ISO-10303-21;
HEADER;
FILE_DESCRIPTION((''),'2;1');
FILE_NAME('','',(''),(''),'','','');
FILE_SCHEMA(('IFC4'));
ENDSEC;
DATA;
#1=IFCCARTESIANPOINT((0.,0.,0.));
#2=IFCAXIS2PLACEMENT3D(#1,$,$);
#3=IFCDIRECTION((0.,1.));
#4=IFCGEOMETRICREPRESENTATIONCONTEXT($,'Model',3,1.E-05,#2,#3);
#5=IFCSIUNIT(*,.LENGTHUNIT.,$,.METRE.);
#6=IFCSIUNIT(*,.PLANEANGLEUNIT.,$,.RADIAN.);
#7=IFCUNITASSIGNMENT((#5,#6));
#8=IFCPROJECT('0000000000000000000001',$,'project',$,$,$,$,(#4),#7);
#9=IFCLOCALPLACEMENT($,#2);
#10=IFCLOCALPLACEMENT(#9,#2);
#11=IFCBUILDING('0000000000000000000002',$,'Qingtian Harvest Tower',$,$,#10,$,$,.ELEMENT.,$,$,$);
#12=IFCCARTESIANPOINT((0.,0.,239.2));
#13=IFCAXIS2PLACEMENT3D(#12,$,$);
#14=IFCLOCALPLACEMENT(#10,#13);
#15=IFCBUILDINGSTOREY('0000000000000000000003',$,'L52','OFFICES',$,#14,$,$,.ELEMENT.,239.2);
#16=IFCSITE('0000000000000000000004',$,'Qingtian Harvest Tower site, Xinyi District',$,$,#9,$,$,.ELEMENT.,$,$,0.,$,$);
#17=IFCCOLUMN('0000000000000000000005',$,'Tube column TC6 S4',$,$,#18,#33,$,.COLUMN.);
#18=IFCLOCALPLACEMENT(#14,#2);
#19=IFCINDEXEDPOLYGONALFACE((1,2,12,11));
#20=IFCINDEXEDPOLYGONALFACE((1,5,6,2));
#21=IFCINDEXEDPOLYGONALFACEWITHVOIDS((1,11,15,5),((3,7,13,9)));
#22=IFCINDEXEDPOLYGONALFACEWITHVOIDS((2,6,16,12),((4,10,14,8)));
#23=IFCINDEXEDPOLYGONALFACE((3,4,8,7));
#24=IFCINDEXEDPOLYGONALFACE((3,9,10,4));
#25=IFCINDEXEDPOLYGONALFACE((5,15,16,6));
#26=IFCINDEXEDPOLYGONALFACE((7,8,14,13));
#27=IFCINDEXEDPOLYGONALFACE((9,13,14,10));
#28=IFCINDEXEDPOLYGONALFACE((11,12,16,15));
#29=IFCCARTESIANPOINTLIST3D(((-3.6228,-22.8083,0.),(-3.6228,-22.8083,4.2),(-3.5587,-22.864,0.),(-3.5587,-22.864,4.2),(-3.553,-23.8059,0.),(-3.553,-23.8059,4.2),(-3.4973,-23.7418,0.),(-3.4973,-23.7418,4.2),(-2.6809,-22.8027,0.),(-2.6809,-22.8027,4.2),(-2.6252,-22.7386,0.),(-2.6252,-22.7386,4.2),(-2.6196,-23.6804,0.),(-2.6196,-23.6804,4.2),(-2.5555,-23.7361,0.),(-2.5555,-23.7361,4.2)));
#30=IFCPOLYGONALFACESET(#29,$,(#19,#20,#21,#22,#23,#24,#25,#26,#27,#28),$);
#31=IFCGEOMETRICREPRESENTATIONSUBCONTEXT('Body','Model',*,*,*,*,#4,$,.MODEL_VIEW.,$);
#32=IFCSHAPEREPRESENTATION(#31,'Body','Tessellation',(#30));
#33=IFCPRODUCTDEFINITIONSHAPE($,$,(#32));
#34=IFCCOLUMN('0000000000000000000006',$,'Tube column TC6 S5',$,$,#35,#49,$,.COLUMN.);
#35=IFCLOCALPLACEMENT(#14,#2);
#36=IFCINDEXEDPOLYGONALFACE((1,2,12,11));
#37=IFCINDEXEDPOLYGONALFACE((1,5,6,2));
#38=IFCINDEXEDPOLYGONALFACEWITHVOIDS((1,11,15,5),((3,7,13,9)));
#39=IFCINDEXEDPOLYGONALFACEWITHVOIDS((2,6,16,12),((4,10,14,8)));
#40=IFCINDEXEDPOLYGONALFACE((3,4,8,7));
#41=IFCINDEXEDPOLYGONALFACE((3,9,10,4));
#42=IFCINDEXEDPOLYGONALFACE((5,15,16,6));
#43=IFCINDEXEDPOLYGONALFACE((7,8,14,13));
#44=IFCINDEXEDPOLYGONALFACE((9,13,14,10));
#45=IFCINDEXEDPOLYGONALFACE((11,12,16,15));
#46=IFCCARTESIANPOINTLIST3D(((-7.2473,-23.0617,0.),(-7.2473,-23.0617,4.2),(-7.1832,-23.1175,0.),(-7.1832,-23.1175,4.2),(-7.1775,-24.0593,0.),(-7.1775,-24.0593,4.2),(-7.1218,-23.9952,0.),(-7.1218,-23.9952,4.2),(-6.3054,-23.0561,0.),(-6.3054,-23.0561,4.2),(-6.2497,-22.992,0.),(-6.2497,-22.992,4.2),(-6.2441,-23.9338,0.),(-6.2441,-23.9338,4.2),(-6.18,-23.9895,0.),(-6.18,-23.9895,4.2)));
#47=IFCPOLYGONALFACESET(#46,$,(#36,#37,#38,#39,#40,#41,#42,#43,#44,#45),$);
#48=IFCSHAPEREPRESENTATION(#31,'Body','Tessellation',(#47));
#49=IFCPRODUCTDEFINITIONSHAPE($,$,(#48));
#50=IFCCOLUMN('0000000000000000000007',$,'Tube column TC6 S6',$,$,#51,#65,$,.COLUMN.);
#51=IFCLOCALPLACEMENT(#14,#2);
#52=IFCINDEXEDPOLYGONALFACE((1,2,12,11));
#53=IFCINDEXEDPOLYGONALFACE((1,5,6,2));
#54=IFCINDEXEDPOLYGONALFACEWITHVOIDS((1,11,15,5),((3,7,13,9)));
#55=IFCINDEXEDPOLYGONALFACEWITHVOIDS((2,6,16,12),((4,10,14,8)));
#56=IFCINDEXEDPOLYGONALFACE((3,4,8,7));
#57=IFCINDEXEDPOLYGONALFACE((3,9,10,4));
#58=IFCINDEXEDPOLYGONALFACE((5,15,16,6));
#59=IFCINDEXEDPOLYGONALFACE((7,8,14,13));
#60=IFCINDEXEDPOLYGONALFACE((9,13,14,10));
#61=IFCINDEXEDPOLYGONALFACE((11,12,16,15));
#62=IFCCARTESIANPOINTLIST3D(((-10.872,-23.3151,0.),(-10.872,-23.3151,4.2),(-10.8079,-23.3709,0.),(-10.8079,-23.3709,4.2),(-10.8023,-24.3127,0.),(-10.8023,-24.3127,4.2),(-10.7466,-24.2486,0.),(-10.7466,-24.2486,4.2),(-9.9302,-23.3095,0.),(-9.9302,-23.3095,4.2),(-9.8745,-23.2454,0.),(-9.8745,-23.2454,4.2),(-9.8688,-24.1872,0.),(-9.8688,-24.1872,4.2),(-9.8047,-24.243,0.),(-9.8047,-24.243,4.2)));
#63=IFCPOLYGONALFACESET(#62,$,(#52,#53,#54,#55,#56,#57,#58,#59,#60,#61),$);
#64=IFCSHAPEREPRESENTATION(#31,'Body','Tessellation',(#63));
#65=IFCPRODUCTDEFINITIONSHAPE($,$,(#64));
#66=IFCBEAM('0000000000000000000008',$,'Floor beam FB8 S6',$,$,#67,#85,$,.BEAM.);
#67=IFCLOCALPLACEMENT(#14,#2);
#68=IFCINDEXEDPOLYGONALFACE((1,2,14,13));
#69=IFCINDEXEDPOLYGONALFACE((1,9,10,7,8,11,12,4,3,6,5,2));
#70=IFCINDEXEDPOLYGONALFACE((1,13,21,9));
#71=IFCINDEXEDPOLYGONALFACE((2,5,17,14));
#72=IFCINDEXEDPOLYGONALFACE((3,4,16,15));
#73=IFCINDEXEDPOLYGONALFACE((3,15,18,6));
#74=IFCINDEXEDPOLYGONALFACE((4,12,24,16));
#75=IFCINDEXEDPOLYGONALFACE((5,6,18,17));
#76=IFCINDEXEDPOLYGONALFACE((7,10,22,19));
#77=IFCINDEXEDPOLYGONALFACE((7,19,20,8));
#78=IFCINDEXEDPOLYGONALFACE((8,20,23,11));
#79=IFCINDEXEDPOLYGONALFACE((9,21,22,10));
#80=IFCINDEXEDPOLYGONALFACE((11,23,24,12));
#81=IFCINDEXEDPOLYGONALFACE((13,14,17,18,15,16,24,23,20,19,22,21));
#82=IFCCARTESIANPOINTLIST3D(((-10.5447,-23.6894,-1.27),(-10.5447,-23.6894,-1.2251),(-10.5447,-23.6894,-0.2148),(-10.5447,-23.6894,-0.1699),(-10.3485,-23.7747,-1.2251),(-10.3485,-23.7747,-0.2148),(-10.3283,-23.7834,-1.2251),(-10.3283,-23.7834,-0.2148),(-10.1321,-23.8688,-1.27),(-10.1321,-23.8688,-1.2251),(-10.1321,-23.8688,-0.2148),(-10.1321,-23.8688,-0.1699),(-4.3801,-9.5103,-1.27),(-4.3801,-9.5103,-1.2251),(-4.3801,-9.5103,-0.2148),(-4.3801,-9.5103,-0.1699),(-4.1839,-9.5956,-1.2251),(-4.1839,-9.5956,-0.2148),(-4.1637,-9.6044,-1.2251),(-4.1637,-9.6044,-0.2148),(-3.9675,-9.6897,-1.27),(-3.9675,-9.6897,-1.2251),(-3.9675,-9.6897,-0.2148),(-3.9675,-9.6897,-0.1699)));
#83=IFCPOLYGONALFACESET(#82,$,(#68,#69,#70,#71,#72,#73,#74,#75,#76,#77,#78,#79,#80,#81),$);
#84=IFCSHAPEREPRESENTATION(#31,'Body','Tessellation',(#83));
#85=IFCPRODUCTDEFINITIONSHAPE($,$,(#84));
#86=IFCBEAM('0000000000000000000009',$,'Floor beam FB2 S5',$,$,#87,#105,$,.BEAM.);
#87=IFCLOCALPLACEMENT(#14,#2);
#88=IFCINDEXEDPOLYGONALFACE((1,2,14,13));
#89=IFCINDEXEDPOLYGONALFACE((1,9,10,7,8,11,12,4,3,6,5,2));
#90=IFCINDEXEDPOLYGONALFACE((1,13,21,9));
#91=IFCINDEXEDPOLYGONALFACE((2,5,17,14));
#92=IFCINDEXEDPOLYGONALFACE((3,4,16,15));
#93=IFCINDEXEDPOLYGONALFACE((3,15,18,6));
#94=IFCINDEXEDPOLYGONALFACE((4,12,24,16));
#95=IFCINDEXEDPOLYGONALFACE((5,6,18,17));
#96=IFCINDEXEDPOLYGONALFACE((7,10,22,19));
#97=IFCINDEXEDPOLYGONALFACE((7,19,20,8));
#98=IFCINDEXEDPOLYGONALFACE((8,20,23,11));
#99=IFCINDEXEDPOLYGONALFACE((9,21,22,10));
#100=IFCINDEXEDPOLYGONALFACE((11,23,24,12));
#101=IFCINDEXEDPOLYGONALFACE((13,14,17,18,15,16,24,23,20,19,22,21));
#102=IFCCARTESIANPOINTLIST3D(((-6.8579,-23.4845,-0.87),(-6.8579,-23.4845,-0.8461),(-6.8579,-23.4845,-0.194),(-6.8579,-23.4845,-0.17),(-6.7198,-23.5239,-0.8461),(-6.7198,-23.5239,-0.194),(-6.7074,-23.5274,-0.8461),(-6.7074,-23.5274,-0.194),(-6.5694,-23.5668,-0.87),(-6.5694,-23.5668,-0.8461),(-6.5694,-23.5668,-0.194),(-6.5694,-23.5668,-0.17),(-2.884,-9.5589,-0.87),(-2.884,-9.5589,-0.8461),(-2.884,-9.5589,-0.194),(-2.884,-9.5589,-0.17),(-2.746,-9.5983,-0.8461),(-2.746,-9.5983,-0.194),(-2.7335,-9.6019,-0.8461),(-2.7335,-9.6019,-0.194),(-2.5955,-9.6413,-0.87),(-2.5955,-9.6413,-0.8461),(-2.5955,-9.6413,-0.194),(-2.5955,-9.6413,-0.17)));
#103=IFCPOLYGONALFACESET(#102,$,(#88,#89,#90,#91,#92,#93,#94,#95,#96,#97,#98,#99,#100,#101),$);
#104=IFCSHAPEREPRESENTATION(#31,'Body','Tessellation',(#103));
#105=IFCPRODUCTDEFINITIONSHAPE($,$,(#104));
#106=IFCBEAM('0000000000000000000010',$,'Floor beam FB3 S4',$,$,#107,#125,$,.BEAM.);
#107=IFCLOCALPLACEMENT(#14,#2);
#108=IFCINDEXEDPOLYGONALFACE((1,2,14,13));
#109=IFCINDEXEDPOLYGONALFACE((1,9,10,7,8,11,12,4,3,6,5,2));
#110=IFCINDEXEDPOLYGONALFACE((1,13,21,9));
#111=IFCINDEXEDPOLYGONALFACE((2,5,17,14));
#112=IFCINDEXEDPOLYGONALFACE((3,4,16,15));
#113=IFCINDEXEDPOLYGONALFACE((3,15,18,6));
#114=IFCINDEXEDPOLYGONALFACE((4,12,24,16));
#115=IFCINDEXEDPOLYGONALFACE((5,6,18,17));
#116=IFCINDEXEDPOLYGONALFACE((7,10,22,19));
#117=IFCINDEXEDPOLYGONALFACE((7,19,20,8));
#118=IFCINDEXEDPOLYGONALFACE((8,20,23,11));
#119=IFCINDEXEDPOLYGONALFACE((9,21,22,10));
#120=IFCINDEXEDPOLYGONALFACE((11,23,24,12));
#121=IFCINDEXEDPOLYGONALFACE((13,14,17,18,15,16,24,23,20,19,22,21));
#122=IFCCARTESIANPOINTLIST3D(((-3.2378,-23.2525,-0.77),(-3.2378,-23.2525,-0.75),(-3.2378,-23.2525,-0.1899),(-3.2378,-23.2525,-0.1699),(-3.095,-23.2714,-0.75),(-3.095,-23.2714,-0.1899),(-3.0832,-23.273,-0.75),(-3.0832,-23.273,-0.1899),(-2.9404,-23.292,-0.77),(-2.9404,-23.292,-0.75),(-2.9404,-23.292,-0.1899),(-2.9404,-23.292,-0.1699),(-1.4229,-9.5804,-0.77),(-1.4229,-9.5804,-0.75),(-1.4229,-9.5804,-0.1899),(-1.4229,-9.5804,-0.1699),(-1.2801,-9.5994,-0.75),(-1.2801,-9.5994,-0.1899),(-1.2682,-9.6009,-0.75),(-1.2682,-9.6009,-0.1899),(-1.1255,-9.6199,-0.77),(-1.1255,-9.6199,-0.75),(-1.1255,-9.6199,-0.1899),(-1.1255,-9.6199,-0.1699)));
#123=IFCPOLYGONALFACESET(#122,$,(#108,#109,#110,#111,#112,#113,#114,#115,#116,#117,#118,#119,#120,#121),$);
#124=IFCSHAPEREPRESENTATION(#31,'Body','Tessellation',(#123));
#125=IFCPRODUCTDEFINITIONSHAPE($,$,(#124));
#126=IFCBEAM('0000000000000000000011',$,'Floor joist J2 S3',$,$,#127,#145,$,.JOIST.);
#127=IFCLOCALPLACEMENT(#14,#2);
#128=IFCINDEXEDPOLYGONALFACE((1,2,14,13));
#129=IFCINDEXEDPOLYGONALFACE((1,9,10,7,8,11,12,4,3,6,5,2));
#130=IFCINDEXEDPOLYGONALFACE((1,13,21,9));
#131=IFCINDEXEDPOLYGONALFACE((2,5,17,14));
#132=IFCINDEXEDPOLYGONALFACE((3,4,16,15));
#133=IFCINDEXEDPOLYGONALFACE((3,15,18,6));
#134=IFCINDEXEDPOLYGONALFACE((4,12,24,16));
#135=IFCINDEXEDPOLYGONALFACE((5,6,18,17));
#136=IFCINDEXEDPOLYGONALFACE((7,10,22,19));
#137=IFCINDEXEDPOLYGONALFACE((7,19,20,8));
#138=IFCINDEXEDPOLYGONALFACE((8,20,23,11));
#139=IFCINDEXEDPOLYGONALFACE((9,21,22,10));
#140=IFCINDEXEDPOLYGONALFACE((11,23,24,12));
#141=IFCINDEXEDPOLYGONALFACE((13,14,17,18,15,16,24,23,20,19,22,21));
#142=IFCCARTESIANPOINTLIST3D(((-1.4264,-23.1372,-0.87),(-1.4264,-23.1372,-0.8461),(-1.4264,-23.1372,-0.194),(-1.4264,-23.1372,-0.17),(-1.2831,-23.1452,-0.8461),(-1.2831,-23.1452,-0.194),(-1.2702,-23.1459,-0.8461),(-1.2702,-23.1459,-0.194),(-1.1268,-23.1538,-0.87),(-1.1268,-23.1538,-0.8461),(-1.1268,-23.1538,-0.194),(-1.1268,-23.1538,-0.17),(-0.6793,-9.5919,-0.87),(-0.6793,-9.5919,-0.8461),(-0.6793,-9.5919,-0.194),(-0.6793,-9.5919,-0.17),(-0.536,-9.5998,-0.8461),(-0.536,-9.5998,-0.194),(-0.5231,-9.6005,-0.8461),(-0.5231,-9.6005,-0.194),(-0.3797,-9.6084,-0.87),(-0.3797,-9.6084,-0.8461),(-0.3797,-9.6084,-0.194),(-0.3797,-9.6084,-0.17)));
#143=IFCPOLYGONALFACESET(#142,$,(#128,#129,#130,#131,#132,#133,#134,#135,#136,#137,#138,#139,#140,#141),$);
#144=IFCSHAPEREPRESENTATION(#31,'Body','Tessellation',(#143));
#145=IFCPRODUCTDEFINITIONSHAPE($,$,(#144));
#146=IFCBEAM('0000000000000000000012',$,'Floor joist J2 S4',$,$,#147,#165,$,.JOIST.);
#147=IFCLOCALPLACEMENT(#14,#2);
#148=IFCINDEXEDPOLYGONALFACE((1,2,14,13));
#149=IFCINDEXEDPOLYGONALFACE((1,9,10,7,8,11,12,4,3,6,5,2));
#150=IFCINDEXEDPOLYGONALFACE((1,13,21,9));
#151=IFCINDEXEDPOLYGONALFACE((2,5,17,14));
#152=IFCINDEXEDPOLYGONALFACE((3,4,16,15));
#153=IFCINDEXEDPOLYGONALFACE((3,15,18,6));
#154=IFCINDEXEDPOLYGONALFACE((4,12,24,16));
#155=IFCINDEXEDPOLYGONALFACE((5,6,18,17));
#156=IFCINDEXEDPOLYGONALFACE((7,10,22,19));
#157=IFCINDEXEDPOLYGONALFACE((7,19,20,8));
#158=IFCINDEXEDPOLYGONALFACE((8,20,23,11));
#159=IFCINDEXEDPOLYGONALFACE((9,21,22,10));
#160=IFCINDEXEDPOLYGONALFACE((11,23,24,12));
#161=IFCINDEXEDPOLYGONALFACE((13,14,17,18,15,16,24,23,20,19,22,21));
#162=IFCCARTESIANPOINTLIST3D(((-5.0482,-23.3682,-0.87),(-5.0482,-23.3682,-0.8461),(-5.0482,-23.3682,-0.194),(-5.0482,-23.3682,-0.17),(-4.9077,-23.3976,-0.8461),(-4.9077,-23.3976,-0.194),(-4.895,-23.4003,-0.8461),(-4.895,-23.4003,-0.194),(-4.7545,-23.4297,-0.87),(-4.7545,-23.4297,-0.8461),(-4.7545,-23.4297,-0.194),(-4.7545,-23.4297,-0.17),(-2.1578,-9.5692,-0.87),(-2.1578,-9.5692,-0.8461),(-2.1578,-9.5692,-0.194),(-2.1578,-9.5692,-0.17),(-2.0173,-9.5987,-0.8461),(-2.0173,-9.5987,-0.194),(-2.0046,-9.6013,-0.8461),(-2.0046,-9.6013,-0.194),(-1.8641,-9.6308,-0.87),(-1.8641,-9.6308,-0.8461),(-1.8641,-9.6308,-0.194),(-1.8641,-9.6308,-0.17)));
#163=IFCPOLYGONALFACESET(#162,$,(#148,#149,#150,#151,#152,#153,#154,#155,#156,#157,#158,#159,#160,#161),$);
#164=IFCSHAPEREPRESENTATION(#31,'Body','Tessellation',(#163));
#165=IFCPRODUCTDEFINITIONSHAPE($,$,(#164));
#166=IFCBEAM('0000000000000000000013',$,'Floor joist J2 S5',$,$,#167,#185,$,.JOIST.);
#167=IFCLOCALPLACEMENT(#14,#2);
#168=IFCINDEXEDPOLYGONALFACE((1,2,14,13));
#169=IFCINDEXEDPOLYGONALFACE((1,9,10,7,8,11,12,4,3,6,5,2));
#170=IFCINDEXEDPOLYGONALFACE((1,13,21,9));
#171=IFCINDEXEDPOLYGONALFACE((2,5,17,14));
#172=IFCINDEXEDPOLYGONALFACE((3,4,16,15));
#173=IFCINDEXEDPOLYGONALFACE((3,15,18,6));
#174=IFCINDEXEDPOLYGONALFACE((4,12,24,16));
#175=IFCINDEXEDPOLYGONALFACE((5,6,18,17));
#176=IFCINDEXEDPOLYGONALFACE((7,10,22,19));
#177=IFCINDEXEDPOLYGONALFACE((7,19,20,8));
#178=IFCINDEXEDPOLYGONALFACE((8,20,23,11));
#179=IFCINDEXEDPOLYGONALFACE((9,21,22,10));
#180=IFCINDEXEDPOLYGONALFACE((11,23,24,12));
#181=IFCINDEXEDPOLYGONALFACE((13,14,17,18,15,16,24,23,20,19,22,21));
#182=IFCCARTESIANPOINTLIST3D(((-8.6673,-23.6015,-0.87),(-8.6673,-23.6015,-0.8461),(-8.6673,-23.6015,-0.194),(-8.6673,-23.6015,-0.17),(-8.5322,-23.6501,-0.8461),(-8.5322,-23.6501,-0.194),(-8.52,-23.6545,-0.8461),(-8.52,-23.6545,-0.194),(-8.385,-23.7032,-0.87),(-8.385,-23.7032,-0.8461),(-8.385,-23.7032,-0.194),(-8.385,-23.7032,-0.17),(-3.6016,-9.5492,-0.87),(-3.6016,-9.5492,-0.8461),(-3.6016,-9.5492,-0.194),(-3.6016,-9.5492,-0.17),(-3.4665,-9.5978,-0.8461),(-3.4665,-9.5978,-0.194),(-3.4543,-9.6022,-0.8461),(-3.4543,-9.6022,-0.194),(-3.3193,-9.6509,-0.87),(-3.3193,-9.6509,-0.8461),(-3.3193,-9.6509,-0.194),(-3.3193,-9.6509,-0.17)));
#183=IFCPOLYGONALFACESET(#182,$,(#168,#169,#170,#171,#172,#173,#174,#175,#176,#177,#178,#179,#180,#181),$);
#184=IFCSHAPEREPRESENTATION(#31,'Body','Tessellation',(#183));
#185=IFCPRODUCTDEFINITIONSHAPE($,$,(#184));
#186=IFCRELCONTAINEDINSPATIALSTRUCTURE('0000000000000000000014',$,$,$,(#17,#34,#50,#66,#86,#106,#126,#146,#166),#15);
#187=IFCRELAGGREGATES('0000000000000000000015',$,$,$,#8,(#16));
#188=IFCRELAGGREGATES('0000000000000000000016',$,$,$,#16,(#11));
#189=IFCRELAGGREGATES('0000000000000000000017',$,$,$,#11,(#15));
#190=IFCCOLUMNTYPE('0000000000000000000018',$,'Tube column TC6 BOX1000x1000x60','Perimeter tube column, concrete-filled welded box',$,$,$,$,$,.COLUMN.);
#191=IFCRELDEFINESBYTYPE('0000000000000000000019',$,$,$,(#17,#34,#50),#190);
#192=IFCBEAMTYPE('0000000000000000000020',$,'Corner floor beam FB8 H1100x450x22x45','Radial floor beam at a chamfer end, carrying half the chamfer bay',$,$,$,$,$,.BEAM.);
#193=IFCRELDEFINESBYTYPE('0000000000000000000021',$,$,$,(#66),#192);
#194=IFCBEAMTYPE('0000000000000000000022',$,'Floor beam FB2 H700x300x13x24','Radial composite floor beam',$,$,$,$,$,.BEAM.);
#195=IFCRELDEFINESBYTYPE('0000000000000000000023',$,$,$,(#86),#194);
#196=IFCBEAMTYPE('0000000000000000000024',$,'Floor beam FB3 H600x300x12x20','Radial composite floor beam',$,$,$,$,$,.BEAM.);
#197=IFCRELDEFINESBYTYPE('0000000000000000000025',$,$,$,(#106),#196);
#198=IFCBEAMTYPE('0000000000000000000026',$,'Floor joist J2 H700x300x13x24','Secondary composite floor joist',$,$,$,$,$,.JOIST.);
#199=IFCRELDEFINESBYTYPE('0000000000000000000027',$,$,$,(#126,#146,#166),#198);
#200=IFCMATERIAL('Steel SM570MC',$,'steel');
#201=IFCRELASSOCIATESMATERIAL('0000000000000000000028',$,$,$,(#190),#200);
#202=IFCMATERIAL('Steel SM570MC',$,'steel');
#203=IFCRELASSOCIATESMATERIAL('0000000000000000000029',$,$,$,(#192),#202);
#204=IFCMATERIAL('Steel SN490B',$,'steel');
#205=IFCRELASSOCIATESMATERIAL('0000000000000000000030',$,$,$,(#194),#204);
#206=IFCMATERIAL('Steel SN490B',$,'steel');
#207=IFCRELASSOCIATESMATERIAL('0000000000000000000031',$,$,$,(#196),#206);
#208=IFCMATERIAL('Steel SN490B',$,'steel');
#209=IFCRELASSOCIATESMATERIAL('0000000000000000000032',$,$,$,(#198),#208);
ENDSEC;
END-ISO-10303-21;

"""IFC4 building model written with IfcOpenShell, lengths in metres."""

from ifc_helpers import new_model, si_unit, direction, frame, origin, origin_2d, place, context, subcontext, project, spatial, hollow_rectangle, i_section, extrude, material, material_profile, profile_set, type_object, element, save


model = new_model("IFC4")

# Units and contexts
model_context = context("Model", 3, precision=1e-05, world=origin(), true_north=direction((0.0, 1.0)))
body_context = subcontext(model_context, "Body", "Model", "MODEL_VIEW")
ifc_project = project(units=[si_unit("LENGTHUNIT", "METRE"), si_unit("PLANEANGLEUNIT", "RADIAN")], contexts=[model_context])

# Site, building, storey
site_placement = place(None, origin())
site = spatial("IfcSite", under=ifc_project, at=site_placement, Name="Qingtian Harvest Tower site, Xinyi District", CompositionType="ELEMENT", RefElevation=0.0)
building_placement = place(site_placement, origin())
building = spatial("IfcBuilding", under=site, at=building_placement, Name="Qingtian Harvest Tower", CompositionType="ELEMENT")
storey_placement = place(building_placement, frame((0.0, 0.0, 239.2)))
storey = spatial("IfcBuildingStorey", under=building, at=storey_placement, Name="L52", Description="OFFICES", CompositionType="ELEMENT", Elevation=239.2)

# Columns
ifc_material_1 = material(Name="Steel SM570MC", Category="steel")
ifc_material_profile_1 = material_profile(ifc_material_1, hollow_rectangle(XDim=1.0, YDim=1.0, WallThickness=0.0601, at=origin_2d()), Name="BOX1000x1000x60")
ifc_profile_set_1 = profile_set([ifc_material_profile_1], Name="Steel SM570MC")
column_type = type_object("IfcColumnType", Name="Tube column TC6 BOX1000x1000x60", Description="Perimeter tube column, concrete-filled welded box", PredefinedType="COLUMN", material=ifc_profile_set_1)
for number, where, z_axis, x_axis, name in (
    (1, (-3.0891, -23.2722, 0.0), (0.0, 0.0, 1.0), (0.997564, 0.069756, 0.0), "Tube column TC6 S4"),
    (2, (-6.7136, -23.5256, 0.0), (0.0, 0.0, 1.0), (0.997564, 0.069756, 0.0), "Tube column TC6 S5"),
    (3, (-10.3384, -23.7791, 0.0), (0.0, 0.0, 1.0), (0.997564, 0.069756, 0.0), "Tube column TC6 S6"),
):
    element("IfcColumn", number, at=place(storey_placement, frame(where, z_axis=z_axis, x_axis=x_axis)), inside=storey, type_object=column_type, Name=name, PredefinedType="COLUMN", context=body_context, shape_type="SweptSolid", body=[
        extrude(hollow_rectangle(XDim=1.0, YDim=1.0, WallThickness=0.0601, at=origin_2d()), origin(), (0.0, 0.0, 1.0), 4.2),
    ])

# Beams
ifc_material_2 = material(Name="Steel SM570MC", Category="steel")
ifc_material_profile_2 = material_profile(ifc_material_2, i_section(OverallWidth=0.45, OverallDepth=1.1001, WebThickness=0.022, FlangeThickness=0.0449, at=origin_2d()), Name="H1100x450x22x45")
ifc_profile_set_2 = profile_set([ifc_material_profile_2], Name="Steel SM570MC")
beam_type_1 = type_object("IfcBeamType", Name="Corner floor beam FB8 H1100x450x22x45", Description="Radial floor beam at a chamfer end, carrying half the chamfer bay", PredefinedType="BEAM", material=ifc_profile_set_2)
beam_1_placement = place(storey_placement, frame((-10.3384, -23.7791, -0.72), z_axis=(0.398715, 0.917075, 0.0), x_axis=(-0.917075, 0.398715, 0.0)))
element("IfcBeam", 4, at=beam_1_placement, inside=storey, type_object=beam_type_1, Name="Floor beam FB8 S6", PredefinedType="BEAM", context=body_context, shape_type="SweptSolid", body=[
    extrude(i_section(OverallWidth=0.45, OverallDepth=1.1001, WebThickness=0.022, FlangeThickness=0.0449, at=origin_2d()), origin(), (0.0, 0.0, 1.0), 15.4612),
])
ifc_material_3 = material(Name="Steel SN490B", Category="steel")
ifc_material_profile_3 = material_profile(ifc_material_3, i_section(OverallWidth=0.3, OverallDepth=0.7, WebThickness=0.0129, FlangeThickness=0.0239, at=origin_2d()), Name="H700x300x13x24")
ifc_profile_set_3 = profile_set([ifc_material_profile_3], Name="Steel SN490B")
beam_type_2 = type_object("IfcBeamType", Name="Floor beam FB2 H700x300x13x24", Description="Radial composite floor beam", PredefinedType="BEAM", material=ifc_profile_set_3)
beam_2_placement = place(storey_placement, frame((-6.7136, -23.5256, -0.52), z_axis=(0.274412, 0.961612, 0.0), x_axis=(-0.961612, 0.274412, 0.0)))
element("IfcBeam", 5, at=beam_2_placement, inside=storey, type_object=beam_type_2, Name="Floor beam FB2 S5", PredefinedType="BEAM", context=body_context, shape_type="SweptSolid", body=[
    extrude(i_section(OverallWidth=0.3, OverallDepth=0.7, WebThickness=0.0129, FlangeThickness=0.0239, at=origin_2d()), origin(), (0.0, 0.0, 1.0), 14.4814),
])
ifc_material_4 = material(Name="Steel SN490B", Category="steel")
ifc_material_profile_4 = material_profile(ifc_material_4, i_section(OverallWidth=0.3, OverallDepth=0.6001, WebThickness=0.012, FlangeThickness=0.02, at=origin_2d()), Name="H600x300x12x20")
ifc_profile_set_4 = profile_set([ifc_material_profile_4], Name="Steel SN490B")
beam_type_3 = type_object("IfcBeamType", Name="Floor beam FB3 H600x300x12x20", Description="Radial composite floor beam", PredefinedType="BEAM", material=ifc_profile_set_4)
beam_3_placement = place(storey_placement, frame((-3.0891, -23.2722, -0.47), z_axis=(0.131593, 0.991304, 0.0), x_axis=(-0.991304, 0.131593, 0.0)))
element("IfcBeam", 6, at=beam_3_placement, inside=storey, type_object=beam_type_3, Name="Floor beam FB3 S4", PredefinedType="BEAM", context=body_context, shape_type="SweptSolid", body=[
    extrude(i_section(OverallWidth=0.3, OverallDepth=0.6001, WebThickness=0.012, FlangeThickness=0.02, at=origin_2d()), origin(), (0.0, 0.0, 1.0), 13.792),
])
ifc_material_5 = material(Name="Steel SN490B", Category="steel")
ifc_material_profile_5 = material_profile(ifc_material_5, i_section(OverallWidth=0.3, OverallDepth=0.7, WebThickness=0.0129, FlangeThickness=0.0239, at=origin_2d()), Name="H700x300x13x24")
ifc_profile_set_5 = profile_set([ifc_material_profile_5], Name="Steel SN490B")
beam_type_4 = type_object("IfcBeamType", Name="Floor joist J2 H700x300x13x24", Description="Secondary composite floor joist", PredefinedType="JOIST", material=ifc_profile_set_5)
beam_4_placement = place(storey_placement, frame((-1.2766, -23.1455, -0.52), z_axis=(0.055069, 0.998483, 0.0), x_axis=(-0.998483, 0.055069, 0.0)))
element("IfcBeam", 7, at=beam_4_placement, inside=storey, type_object=beam_type_4, Name="Floor joist J2 S3", PredefinedType="JOIST", context=body_context, shape_type="SweptSolid", body=[
    extrude(i_section(OverallWidth=0.3, OverallDepth=0.7, WebThickness=0.0129, FlangeThickness=0.0239, at=origin_2d()), origin(), (0.0, 0.0, 1.0), 13.5659),
])
beam_5_placement = place(storey_placement, frame((-4.9014, -23.3989, -0.52), z_axis=(0.205016, 0.978759, 0.0), x_axis=(-0.978759, 0.205016, 0.0)))
element("IfcBeam", 8, at=beam_5_placement, inside=storey, type_object=beam_type_4, Name="Floor joist J2 S4", PredefinedType="JOIST", context=body_context, shape_type="SweptSolid", body=[
    extrude(i_section(OverallWidth=0.3, OverallDepth=0.7, WebThickness=0.0129, FlangeThickness=0.0239, at=origin_2d()), origin(), (0.0, 0.0, 1.0), 14.0984),
])
beam_6_placement = place(storey_placement, frame((-8.5261, -23.6523, -0.52), z_axis=(0.339126, 0.940741, 0.0), x_axis=(-0.940741, 0.339126, 0.0)))
element("IfcBeam", 9, at=beam_6_placement, inside=storey, type_object=beam_type_4, Name="Floor joist J2 S5", PredefinedType="JOIST", context=body_context, shape_type="SweptSolid", body=[
    extrude(i_section(OverallWidth=0.3, OverallDepth=0.7, WebThickness=0.0129, FlangeThickness=0.0239, at=origin_2d()), origin(), (0.0, 0.0, 1.0), 14.9375),
])

save(model, "model.ifc")
